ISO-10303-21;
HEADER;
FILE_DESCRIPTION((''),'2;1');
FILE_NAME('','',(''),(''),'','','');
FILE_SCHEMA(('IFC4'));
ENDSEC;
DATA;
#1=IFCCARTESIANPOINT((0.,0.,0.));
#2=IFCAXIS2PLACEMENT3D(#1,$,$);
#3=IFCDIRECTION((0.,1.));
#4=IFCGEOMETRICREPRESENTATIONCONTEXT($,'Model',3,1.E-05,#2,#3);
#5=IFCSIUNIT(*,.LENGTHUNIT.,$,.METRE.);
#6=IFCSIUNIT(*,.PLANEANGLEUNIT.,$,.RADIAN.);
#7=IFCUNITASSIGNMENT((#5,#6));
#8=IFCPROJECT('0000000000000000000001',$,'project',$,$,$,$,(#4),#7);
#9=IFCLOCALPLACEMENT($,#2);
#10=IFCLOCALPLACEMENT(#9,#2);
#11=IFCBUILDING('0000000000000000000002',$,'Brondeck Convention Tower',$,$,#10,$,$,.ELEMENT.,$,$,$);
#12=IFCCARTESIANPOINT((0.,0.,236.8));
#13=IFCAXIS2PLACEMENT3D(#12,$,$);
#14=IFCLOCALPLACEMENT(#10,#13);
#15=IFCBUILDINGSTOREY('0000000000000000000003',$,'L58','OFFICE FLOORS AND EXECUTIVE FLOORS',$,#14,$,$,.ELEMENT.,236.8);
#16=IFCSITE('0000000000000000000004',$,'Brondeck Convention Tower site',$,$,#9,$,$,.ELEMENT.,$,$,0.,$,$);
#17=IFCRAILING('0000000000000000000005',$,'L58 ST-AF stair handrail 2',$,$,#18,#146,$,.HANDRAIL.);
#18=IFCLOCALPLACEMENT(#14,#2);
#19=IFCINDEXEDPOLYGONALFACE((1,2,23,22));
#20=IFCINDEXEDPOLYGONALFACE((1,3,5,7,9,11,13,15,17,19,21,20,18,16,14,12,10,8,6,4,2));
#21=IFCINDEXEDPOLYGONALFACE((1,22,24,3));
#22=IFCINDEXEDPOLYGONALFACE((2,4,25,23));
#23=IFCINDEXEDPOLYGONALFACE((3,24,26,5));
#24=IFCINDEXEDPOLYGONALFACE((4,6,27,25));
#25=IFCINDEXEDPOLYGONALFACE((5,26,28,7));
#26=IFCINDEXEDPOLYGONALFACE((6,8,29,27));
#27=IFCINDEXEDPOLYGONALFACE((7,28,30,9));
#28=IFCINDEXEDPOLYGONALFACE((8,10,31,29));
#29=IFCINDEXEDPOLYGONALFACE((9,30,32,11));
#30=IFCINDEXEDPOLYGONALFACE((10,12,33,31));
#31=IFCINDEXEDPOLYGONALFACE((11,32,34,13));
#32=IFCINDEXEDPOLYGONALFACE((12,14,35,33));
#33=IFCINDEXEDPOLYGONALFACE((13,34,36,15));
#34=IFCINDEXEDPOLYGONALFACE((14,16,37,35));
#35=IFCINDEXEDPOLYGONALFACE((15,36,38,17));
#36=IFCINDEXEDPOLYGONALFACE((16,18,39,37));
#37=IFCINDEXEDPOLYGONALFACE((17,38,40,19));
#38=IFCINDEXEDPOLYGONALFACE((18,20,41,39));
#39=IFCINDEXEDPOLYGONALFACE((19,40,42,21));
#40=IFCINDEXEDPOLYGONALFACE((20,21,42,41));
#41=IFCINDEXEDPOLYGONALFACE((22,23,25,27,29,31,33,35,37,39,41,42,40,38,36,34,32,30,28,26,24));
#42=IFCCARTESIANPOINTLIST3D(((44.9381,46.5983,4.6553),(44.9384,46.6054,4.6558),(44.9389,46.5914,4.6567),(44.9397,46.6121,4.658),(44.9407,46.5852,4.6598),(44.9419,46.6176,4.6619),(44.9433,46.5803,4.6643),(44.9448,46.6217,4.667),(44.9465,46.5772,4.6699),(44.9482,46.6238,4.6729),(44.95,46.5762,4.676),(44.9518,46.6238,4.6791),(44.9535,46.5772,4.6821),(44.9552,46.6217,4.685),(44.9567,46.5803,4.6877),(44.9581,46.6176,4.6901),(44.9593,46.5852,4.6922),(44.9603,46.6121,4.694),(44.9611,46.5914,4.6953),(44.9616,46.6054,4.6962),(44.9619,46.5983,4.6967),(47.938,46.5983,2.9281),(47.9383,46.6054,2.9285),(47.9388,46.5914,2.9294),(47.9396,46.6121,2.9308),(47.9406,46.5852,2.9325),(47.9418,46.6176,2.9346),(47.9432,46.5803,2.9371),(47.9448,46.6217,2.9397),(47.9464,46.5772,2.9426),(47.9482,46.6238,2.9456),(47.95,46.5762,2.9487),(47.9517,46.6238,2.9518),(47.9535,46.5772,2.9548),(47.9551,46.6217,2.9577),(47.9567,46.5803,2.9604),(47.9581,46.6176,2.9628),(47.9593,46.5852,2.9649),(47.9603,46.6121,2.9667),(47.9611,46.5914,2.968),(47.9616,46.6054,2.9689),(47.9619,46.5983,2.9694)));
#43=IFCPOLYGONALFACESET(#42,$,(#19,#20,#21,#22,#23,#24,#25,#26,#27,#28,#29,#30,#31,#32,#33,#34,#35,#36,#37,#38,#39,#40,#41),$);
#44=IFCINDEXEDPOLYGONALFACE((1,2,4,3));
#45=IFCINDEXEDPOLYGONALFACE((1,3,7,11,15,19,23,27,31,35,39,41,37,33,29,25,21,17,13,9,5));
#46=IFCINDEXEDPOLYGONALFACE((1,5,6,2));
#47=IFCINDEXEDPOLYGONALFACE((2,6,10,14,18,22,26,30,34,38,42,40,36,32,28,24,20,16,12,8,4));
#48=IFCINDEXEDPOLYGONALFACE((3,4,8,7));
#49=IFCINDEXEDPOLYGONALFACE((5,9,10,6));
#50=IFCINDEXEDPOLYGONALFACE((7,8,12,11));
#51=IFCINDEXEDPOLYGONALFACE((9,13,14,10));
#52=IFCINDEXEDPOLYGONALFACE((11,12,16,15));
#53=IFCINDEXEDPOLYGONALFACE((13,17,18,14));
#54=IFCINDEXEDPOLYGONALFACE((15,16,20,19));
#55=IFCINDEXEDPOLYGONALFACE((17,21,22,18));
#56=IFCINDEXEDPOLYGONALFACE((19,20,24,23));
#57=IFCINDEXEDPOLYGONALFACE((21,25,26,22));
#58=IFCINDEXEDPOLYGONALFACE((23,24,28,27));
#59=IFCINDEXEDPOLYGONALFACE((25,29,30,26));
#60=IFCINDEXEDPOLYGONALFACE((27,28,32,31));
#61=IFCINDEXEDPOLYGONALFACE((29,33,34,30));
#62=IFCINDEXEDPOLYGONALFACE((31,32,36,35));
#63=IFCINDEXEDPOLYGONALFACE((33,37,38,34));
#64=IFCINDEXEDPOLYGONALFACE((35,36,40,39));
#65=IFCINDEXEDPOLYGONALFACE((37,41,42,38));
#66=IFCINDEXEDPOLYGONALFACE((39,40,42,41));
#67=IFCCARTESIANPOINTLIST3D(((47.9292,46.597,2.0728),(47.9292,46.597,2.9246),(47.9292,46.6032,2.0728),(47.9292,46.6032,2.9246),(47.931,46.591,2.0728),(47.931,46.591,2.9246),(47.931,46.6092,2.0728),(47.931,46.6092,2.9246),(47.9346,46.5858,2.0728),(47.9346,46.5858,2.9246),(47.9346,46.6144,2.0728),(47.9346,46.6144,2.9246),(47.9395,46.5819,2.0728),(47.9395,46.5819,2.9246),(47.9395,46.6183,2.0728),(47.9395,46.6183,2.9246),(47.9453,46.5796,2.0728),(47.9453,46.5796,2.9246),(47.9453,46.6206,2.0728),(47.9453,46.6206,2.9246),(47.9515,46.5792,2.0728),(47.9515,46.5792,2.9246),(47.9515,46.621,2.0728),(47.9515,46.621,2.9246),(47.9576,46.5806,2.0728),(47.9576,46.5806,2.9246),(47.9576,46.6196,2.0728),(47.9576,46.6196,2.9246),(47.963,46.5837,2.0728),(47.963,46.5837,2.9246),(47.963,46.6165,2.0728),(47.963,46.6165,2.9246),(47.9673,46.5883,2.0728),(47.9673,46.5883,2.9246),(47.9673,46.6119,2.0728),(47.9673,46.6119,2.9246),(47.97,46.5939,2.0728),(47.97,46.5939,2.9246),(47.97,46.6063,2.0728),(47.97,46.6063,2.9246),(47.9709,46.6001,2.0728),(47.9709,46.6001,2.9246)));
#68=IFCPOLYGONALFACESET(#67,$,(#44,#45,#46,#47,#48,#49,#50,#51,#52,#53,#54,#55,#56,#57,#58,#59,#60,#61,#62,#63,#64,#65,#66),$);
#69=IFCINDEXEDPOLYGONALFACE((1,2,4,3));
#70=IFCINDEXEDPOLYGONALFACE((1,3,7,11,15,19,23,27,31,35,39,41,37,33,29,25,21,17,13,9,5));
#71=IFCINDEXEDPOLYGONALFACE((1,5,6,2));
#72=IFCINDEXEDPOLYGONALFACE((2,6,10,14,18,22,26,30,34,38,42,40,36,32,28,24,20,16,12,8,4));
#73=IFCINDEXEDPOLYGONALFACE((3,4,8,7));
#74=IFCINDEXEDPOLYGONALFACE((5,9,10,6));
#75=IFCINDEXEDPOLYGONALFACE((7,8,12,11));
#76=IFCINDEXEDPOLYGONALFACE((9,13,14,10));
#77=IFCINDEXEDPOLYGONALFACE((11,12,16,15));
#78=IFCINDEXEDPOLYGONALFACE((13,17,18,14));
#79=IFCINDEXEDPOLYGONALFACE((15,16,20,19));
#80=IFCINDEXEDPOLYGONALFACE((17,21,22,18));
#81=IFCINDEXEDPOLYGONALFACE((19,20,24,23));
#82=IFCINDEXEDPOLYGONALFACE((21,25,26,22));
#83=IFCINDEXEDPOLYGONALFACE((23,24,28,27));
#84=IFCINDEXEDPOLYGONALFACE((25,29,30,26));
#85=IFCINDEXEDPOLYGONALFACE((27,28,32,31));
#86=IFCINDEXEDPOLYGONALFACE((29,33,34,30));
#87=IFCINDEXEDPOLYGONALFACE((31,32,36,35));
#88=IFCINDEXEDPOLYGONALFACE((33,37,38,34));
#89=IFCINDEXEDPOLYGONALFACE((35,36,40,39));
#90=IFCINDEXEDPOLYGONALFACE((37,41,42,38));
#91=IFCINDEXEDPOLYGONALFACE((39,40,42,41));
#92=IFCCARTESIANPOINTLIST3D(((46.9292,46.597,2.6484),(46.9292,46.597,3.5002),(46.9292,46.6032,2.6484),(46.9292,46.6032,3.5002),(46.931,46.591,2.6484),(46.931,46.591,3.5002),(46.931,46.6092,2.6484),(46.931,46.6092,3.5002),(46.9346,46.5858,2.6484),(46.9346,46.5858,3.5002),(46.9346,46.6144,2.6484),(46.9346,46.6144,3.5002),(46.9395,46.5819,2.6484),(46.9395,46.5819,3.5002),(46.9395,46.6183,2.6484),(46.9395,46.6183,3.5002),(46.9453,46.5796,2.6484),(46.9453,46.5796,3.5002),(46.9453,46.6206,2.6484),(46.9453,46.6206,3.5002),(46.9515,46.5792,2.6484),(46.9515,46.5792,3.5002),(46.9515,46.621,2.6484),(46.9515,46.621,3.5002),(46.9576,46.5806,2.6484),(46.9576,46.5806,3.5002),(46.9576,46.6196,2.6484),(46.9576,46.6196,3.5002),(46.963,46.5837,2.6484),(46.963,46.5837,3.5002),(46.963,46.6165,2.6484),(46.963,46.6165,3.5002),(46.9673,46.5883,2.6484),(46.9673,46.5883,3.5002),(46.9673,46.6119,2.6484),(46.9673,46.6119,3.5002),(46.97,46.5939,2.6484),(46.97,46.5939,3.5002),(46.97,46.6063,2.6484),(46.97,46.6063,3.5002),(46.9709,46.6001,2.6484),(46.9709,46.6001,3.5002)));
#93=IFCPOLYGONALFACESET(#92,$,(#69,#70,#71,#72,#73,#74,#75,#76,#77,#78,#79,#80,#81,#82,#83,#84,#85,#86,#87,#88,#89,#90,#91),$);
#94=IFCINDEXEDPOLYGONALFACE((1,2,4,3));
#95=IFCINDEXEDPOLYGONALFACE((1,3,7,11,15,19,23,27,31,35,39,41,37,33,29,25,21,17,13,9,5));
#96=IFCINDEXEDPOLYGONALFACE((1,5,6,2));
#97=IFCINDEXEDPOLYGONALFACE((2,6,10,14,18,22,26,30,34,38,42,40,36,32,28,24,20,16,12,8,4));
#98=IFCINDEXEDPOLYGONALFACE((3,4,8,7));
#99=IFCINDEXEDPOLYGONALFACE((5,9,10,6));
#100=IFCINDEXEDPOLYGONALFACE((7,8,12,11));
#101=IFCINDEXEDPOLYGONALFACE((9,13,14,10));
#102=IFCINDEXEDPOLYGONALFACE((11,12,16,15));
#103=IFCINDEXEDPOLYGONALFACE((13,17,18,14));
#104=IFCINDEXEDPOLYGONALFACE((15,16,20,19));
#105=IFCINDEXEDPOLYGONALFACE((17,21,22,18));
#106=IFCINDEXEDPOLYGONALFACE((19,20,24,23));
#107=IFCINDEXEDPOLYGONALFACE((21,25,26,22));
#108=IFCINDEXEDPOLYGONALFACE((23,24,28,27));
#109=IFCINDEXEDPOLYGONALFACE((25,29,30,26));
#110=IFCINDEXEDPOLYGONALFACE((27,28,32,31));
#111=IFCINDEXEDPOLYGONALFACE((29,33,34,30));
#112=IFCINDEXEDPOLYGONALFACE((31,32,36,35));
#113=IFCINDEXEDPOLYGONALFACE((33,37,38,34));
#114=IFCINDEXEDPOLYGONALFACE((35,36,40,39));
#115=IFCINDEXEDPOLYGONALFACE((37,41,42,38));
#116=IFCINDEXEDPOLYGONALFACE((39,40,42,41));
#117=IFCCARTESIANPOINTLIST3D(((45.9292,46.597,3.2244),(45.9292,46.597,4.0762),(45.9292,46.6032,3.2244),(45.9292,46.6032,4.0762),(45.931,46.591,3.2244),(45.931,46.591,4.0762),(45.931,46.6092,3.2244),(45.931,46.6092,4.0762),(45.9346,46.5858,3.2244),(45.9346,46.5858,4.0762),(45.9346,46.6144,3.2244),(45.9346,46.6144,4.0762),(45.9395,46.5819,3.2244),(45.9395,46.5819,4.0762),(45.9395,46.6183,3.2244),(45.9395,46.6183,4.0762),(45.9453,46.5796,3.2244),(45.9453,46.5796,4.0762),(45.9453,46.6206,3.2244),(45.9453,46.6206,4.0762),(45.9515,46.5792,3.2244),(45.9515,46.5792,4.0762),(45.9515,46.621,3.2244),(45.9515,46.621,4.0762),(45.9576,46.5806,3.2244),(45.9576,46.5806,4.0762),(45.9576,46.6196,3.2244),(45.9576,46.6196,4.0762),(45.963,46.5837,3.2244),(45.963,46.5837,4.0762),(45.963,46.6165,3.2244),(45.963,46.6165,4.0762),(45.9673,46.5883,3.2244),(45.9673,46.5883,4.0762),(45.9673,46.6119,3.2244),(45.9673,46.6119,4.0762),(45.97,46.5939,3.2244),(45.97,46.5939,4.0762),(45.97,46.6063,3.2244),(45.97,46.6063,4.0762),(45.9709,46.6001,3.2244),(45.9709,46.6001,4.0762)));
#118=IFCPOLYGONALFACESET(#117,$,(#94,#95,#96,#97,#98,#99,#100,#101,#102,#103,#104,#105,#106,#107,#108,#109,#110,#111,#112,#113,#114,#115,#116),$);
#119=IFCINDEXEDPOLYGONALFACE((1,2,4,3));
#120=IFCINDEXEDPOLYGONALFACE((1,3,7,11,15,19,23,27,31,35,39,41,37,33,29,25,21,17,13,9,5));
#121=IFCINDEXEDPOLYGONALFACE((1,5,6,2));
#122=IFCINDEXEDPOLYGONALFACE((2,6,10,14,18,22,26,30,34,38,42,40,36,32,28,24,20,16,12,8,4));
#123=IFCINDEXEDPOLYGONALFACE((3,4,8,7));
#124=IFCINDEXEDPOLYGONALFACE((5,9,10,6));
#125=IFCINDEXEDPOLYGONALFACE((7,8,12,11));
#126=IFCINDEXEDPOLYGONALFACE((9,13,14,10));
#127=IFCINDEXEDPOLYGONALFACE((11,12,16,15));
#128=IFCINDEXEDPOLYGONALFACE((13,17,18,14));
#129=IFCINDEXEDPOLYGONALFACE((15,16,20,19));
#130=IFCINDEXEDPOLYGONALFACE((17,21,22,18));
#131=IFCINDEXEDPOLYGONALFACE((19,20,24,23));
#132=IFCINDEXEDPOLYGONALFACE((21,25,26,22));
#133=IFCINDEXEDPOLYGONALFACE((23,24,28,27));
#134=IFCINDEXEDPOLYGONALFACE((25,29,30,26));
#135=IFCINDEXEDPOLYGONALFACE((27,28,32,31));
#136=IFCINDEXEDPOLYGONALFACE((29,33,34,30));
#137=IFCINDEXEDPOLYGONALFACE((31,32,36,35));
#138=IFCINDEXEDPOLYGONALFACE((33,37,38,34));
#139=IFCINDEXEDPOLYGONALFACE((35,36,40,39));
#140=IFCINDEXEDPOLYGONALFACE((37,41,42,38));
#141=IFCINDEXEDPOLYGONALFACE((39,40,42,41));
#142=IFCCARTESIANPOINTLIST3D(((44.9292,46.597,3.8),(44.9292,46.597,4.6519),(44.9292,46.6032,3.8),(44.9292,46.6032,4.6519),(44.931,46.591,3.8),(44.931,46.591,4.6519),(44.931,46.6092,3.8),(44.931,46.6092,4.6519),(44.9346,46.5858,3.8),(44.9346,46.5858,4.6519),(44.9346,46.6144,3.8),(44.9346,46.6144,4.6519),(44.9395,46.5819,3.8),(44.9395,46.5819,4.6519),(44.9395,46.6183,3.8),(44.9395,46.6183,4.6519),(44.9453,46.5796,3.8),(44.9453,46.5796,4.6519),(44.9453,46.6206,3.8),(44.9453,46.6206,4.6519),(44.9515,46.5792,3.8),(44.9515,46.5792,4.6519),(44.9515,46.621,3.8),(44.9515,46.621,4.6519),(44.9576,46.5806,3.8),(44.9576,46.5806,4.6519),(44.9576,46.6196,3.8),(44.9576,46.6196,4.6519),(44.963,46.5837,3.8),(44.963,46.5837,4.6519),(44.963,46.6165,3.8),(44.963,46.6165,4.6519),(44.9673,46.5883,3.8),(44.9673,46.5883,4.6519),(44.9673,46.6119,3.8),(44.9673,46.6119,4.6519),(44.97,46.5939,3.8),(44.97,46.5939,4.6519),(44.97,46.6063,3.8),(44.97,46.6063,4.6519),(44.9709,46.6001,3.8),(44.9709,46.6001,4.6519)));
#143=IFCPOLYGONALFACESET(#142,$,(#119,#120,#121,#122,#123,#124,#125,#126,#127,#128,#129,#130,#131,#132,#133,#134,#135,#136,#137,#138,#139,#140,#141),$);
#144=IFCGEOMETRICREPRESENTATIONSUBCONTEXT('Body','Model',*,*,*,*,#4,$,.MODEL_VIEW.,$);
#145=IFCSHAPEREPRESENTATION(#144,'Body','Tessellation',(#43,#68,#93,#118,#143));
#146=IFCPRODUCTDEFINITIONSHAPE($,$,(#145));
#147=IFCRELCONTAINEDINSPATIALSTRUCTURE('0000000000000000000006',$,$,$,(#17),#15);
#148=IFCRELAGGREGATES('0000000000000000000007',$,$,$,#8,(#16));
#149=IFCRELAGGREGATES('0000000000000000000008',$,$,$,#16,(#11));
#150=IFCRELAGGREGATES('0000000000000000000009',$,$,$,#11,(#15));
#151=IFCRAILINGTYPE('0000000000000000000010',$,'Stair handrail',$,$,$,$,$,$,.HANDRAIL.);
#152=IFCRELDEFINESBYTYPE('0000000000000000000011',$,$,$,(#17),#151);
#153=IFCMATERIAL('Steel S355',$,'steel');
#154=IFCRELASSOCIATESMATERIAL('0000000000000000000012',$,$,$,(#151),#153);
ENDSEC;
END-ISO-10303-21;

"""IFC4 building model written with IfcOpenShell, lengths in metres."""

from ifc_helpers import new_model, si_unit, direction, frame, origin, origin_2d, place, context, subcontext, project, spatial, circle, extrude, material, type_object, element, save


model = new_model("IFC4")

# Units and contexts
model_context = context("Model", 3, precision=1e-05, world=origin(), true_north=direction((0.0, 1.0)))
body_context = subcontext(model_context, "Body", "Model", "MODEL_VIEW")
ifc_project = project(units=[si_unit("LENGTHUNIT", "METRE"), si_unit("PLANEANGLEUNIT", "RADIAN")], contexts=[model_context])

# Site, building, storey
site_placement = place(None, origin())
site = spatial("IfcSite", under=ifc_project, at=site_placement, Name="Brondeck Convention Tower site", CompositionType="ELEMENT", RefElevation=0.0)
building_placement = place(site_placement, origin())
building = spatial("IfcBuilding", under=site, at=building_placement, Name="Brondeck Convention Tower", CompositionType="ELEMENT")
storey_placement = place(building_placement, frame((0.0, 0.0, 236.8)))
storey = spatial("IfcBuildingStorey", under=building, at=storey_placement, Name="L58", Description="OFFICE FLOORS AND EXECUTIVE FLOORS", CompositionType="ELEMENT", Elevation=236.8)

# Shared definitions
ifc_material_1 = material(Name="Steel S355", Category="steel")

# Railing
railing_type_1 = type_object("IfcRailingType", Name="Stair handrail", PredefinedType="HANDRAIL", material=ifc_material_1)
railing_1_placement = place(storey_placement, frame((47.95, 46.6001, 2.0728)))
element("IfcRailing", 1, at=railing_1_placement, inside=storey, type_object=railing_type_1, Name="L58 ST-AF stair handrail 2", PredefinedType="HANDRAIL", context=body_context, shape_type="SweptSolid", body=[
    extrude(circle(Radius=0.0239, at=origin_2d()), frame((0.0, 0.0, 0.876), z_axis=(-0.86662, 0.0, 0.498969), x_axis=(0.0, -1.0, 0.0)), (0.0, 0.0, 1.0), 3.4617),
    extrude(circle(Radius=0.021, at=origin_2d()), origin(), (0.0, 0.0, 1.0), 0.8518),
    extrude(circle(Radius=0.021, at=origin_2d()), frame((-1.0, 0.0, 0.5757)), (0.0, 0.0, 1.0), 0.8518),
    extrude(circle(Radius=0.021, at=origin_2d()), frame((-2.0, 0.0, 1.1516)), (0.0, 0.0, 1.0), 0.8518),
    extrude(circle(Radius=0.021, at=origin_2d()), frame((-3.0, 0.0, 1.7273)), (0.0, 0.0, 1.0), 0.8518),
])

save(model, "model.ifc")
